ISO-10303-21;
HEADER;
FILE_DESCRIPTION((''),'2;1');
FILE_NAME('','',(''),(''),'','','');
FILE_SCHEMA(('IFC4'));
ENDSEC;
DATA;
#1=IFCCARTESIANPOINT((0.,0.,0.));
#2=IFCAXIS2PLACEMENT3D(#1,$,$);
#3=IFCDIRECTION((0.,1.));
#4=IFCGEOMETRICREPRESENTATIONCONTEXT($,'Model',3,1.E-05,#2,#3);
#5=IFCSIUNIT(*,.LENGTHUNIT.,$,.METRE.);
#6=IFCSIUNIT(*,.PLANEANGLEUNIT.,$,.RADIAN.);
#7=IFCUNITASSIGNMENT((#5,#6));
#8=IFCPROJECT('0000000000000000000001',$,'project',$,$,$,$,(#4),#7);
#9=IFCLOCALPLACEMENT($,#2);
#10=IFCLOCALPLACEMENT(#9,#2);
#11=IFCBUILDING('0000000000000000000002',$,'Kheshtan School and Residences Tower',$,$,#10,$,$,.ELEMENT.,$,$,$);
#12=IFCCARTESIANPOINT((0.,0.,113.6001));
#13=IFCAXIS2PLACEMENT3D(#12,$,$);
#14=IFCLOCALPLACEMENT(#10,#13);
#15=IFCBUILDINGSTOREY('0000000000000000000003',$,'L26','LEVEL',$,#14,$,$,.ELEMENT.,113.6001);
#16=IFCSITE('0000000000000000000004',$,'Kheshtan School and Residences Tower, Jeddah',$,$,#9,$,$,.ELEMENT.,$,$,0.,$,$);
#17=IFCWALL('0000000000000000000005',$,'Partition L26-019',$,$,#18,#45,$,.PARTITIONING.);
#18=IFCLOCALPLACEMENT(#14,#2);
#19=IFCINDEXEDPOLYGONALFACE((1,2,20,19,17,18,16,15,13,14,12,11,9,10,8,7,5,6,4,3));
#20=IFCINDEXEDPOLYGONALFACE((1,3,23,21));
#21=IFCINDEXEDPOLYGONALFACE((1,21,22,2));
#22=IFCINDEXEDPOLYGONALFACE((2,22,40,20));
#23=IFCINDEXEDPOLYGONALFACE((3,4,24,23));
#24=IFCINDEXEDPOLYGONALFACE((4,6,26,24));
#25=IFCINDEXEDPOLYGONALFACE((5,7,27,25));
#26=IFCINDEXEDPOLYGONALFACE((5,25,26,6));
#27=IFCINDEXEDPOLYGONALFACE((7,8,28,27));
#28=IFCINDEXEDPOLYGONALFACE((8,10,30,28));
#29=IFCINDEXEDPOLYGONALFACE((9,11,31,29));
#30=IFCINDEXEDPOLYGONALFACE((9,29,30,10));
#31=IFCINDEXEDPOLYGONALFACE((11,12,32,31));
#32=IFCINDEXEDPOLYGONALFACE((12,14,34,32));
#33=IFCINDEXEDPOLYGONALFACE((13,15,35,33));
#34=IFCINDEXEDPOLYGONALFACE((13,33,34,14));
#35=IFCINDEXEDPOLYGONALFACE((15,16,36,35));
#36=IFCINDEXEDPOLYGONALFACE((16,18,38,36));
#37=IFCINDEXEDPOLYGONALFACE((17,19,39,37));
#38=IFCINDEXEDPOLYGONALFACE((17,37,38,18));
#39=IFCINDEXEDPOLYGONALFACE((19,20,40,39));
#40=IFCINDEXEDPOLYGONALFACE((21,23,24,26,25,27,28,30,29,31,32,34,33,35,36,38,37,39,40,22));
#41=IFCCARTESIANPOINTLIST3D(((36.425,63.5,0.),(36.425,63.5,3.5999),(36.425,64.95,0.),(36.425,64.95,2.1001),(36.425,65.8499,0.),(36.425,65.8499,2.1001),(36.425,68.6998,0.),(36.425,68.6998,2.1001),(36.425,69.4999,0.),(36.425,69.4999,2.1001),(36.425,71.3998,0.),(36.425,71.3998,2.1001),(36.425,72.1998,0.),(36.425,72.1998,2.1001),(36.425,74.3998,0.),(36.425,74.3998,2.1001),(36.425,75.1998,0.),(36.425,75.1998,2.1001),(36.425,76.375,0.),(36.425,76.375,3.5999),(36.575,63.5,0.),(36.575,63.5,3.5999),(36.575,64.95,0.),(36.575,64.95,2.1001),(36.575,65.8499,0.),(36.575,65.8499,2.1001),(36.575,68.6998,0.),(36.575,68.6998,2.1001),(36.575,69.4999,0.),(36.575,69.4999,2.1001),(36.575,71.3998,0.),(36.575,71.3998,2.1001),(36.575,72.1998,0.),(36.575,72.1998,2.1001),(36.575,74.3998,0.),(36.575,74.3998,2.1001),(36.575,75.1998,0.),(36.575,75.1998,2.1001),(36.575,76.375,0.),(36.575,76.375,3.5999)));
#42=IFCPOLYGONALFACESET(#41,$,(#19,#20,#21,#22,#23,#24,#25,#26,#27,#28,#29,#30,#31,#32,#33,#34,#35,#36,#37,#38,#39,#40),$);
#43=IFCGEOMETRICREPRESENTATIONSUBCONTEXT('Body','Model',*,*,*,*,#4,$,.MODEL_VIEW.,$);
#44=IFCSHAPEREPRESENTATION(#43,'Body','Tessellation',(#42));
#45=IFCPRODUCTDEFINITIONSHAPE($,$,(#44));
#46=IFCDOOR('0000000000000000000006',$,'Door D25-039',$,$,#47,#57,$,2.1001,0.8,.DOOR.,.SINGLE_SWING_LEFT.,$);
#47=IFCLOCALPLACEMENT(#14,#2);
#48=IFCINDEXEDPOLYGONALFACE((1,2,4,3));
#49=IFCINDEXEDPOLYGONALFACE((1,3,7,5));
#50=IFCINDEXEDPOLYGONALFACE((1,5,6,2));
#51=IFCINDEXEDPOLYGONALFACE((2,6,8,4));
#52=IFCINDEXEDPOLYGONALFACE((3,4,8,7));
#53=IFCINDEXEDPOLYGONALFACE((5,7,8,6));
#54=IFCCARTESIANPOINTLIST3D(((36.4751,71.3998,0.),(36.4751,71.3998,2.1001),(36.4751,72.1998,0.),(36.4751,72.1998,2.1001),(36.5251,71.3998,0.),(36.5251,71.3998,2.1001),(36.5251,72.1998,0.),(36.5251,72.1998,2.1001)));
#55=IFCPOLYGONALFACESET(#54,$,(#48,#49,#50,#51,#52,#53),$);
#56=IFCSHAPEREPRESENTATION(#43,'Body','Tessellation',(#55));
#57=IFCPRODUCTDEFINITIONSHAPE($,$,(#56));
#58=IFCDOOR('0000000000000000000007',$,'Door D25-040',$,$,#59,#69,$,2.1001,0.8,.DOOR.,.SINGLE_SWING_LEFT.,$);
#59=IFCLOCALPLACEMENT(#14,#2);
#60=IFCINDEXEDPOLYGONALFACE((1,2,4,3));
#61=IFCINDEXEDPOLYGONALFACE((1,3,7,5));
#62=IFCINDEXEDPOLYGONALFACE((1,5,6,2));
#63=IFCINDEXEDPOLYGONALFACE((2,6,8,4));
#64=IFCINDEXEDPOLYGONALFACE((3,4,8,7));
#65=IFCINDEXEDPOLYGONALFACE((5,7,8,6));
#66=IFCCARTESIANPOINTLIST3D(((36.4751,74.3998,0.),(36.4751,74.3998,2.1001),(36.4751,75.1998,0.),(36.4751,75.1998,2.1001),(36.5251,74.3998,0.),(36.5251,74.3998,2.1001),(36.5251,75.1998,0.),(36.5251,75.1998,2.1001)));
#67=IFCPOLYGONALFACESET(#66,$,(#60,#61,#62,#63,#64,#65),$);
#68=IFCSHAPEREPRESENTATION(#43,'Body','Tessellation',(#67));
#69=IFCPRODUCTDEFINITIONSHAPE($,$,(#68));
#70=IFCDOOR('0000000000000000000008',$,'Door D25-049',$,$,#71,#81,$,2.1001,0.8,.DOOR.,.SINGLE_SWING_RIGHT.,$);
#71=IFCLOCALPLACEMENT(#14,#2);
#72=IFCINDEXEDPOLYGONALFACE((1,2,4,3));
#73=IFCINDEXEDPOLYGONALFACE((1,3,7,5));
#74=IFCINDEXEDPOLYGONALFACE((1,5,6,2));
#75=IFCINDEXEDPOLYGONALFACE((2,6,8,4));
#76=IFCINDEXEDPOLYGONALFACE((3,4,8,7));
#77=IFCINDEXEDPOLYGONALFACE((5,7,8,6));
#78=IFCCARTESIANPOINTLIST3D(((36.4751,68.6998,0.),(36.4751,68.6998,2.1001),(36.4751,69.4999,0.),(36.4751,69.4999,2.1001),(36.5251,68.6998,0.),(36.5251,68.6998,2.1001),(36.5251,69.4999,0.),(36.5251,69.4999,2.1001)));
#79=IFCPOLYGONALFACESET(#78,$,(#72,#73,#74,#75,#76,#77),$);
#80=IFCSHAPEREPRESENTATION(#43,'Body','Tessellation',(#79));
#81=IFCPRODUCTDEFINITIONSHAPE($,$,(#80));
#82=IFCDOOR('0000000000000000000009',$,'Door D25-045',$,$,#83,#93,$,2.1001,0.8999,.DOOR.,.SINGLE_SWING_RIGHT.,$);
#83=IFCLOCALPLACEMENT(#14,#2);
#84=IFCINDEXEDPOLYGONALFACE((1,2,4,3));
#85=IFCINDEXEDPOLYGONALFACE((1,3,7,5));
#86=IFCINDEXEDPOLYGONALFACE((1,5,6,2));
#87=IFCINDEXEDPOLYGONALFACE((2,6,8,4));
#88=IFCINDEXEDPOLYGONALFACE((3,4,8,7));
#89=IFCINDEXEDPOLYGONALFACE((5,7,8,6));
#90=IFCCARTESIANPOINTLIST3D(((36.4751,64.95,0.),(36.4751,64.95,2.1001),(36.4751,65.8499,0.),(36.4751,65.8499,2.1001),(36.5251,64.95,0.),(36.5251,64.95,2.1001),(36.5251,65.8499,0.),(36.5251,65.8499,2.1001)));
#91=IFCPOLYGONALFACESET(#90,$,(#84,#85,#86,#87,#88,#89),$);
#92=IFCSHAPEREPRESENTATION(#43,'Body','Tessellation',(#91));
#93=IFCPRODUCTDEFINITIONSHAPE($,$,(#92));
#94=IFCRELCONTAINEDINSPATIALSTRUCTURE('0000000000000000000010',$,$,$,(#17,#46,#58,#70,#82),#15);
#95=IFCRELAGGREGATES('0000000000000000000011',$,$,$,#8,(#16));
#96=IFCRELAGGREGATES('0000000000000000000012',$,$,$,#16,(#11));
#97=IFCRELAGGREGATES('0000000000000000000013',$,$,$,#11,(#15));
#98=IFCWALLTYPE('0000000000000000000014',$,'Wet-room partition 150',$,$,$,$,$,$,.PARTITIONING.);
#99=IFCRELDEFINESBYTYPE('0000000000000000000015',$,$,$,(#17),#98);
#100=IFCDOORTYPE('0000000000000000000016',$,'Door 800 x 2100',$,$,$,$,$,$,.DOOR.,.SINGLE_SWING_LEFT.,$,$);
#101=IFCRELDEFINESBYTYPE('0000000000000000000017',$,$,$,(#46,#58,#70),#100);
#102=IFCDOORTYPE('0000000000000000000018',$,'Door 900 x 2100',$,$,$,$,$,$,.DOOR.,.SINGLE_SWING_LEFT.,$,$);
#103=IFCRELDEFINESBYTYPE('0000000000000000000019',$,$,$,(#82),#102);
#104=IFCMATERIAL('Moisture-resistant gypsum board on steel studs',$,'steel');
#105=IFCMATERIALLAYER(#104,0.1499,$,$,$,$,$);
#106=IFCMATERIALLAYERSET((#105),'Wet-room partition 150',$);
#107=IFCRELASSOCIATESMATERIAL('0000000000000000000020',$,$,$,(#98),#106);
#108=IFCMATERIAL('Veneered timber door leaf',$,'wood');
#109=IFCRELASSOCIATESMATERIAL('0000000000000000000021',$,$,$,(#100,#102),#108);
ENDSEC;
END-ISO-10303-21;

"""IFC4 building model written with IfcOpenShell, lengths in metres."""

from ifc_helpers import new_model, si_unit, direction, frame, frame_2d, origin, place, context, subcontext, project, spatial, rectangle, extrude, source, transform, mapped, material, layer, layer_set, type_object, element, fill, save


model = new_model("IFC4")

# Units and contexts
model_context = context("Model", 3, precision=1e-05, world=origin(), true_north=direction((0.0, 1.0)))
body_context = subcontext(model_context, "Body", "Model", "MODEL_VIEW")
ifc_project = project(units=[si_unit("LENGTHUNIT", "METRE"), si_unit("PLANEANGLEUNIT", "RADIAN")], contexts=[model_context])

# Site, building, storey
site_placement = place(None, origin())
site = spatial("IfcSite", under=ifc_project, at=site_placement, Name="Kheshtan School and Residences Tower, Jeddah", CompositionType="ELEMENT", RefElevation=0.0)
building_placement = place(site_placement, origin())
building = spatial("IfcBuilding", under=site, at=building_placement, Name="Kheshtan School and Residences Tower", CompositionType="ELEMENT")
storey_placement = place(building_placement, frame((0.0, 0.0, 113.6001)))
storey = spatial("IfcBuildingStorey", under=building, at=storey_placement, Name="L26", Description="LEVEL", CompositionType="ELEMENT", Elevation=113.6001)

# Shared definitions
ifc_material_1 = material(Name="Moisture-resistant gypsum board on steel studs", Category="steel")
ifc_layer_1 = layer(ifc_material_1, 0.1499)
ifc_layer_set_1 = layer_set([ifc_layer_1], Name="Wet-room partition 150")
wall_type_1 = type_object("IfcWallType", Name="Wet-room partition 150", PredefinedType="PARTITIONING", material=ifc_layer_set_1)

# Wall, openings, doors
wall_1_placement = place(storey_placement, frame((36.5, 63.5, 0.0), z_axis=(0.0, 0.0, 1.0), x_axis=(0.0, 1.0, 0.0)))
wall_1 = element("IfcWall", 1, at=wall_1_placement, inside=storey, type_object=wall_type_1, Name="Partition L26-019", PredefinedType="PARTITIONING", context=body_context, shape_type="SweptSolid", body=[
    extrude(rectangle(XDim=12.875, YDim=0.1499, at=frame_2d((6.4375, 0.0))), origin(), (0.0, 0.0, 1.0), 3.5999),
])
opening_1_placement = place(wall_1_placement, frame((7.8999, 0.0, 0.0)))
opening_1 = element("IfcOpeningElement", 2, at=opening_1_placement, cuts=wall_1, PredefinedType="OPENING", context=body_context, shape_type="SweptSolid", body=[
    extrude(rectangle(XDim=0.8, YDim=2.1001, at=frame_2d((0.3999, 1.05))), frame((0.0, 0.085, 0.0), z_axis=(0.0, -1.0, 0.0), x_axis=(1.0, 0.0, 0.0)), (0.0, 0.0, 1.0), 0.1699),
])
opening_2_placement = place(wall_1_placement, frame((10.8999, 0.0, 0.0)))
opening_2 = element("IfcOpeningElement", 3, at=opening_2_placement, cuts=wall_1, PredefinedType="OPENING", context=body_context, shape_type="SweptSolid", body=[
    extrude(rectangle(XDim=0.8, YDim=2.1001, at=frame_2d((0.3999, 1.05))), frame((0.0, 0.085, 0.0), z_axis=(0.0, -1.0, 0.0), x_axis=(1.0, 0.0, 0.0)), (0.0, 0.0, 1.0), 0.1699),
])
opening_3_placement = place(wall_1_placement, frame((1.45, 0.0, 0.0)))
opening_3 = element("IfcOpeningElement", 4, at=opening_3_placement, cuts=wall_1, PredefinedType="OPENING", context=body_context, shape_type="SweptSolid", body=[
    extrude(rectangle(XDim=0.8999, YDim=2.1001, at=frame_2d((0.45, 1.05))), frame((0.0, 0.085, 0.0), z_axis=(0.0, -1.0, 0.0), x_axis=(1.0, 0.0, 0.0)), (0.0, 0.0, 1.0), 0.1699),
])
opening_4_placement = place(wall_1_placement, frame((5.2, 0.0, 0.0)))
opening_4 = element("IfcOpeningElement", 5, at=opening_4_placement, cuts=wall_1, PredefinedType="OPENING", context=body_context, shape_type="SweptSolid", body=[
    extrude(rectangle(XDim=0.8, YDim=2.1001, at=frame_2d((0.3999, 1.05))), frame((0.0, 0.085, 0.0), z_axis=(0.0, -1.0, 0.0), x_axis=(1.0, 0.0, 0.0)), (0.0, 0.0, 1.0), 0.1699),
])
ifc_material_2 = material(Name="Veneered timber door leaf", Category="wood")
door_type_1 = type_object("IfcDoorType", Name="Door 800 x 2100", OperationType="SINGLE_SWING_LEFT", PredefinedType="DOOR", material=ifc_material_2)
shared_shape_1 = source(origin(), body_context, "Body", "SweptSolid", [
    extrude(rectangle(XDim=0.8, YDim=2.1001, at=frame_2d((0.3999, 1.05))), frame((0.0, 0.0249, 0.0), z_axis=(0.0, -1.0, 0.0), x_axis=(1.0, 0.0, 0.0)), (0.0, 0.0, 1.0), 0.05),
])
door_1_placement = place(opening_1_placement, origin())
door_1 = element("IfcDoor", 6, at=door_1_placement, inside=storey, type_object=door_type_1, Name="Door D25-039", OperationType="SINGLE_SWING_LEFT", OverallHeight=2.1001, OverallWidth=0.8, PredefinedType="DOOR", context=body_context, shape_type="MappedRepresentation", body=[
    mapped(shared_shape_1, transform((0.0, 0.0, 0.0), x_axis=(1.0, 0.0, 0.0), y_axis=(0.0, 1.0, 0.0), z_axis=(0.0, 0.0, 1.0), scale=1.0)),
])
fill(opening_1, door_1)
door_2_placement = place(opening_2_placement, origin())
door_2 = element("IfcDoor", 7, at=door_2_placement, inside=storey, type_object=door_type_1, Name="Door D25-040", OperationType="SINGLE_SWING_LEFT", OverallHeight=2.1001, OverallWidth=0.8, PredefinedType="DOOR", context=body_context, shape_type="MappedRepresentation", body=[
    mapped(shared_shape_1, transform((0.0, 0.0, 0.0), x_axis=(1.0, 0.0, 0.0), y_axis=(0.0, 1.0, 0.0), z_axis=(0.0, 0.0, 1.0), scale=1.0)),
])
fill(opening_2, door_2)
door_3_placement = place(opening_4_placement, origin())
door_3 = element("IfcDoor", 8, at=door_3_placement, inside=storey, type_object=door_type_1, Name="Door D25-049", OperationType="SINGLE_SWING_RIGHT", OverallHeight=2.1001, OverallWidth=0.8, PredefinedType="DOOR", context=body_context, shape_type="MappedRepresentation", body=[
    mapped(shared_shape_1, transform((0.0, 0.0, 0.0), x_axis=(1.0, 0.0, 0.0), y_axis=(0.0, 1.0, 0.0), z_axis=(0.0, 0.0, 1.0), scale=1.0)),
])
fill(opening_4, door_3)
door_type_2 = type_object("IfcDoorType", Name="Door 900 x 2100", OperationType="SINGLE_SWING_LEFT", PredefinedType="DOOR", material=ifc_material_2)
shared_shape_2 = source(origin(), body_context, "Body", "SweptSolid", [
    extrude(rectangle(XDim=0.8999, YDim=2.1001, at=frame_2d((0.45, 1.05))), frame((0.0, 0.0249, 0.0), z_axis=(0.0, -1.0, 0.0), x_axis=(1.0, 0.0, 0.0)), (0.0, 0.0, 1.0), 0.05),
])
door_4_placement = place(opening_3_placement, origin())
door_4 = element("IfcDoor", 9, at=door_4_placement, inside=storey, type_object=door_type_2, Name="Door D25-045", OperationType="SINGLE_SWING_RIGHT", OverallHeight=2.1001, OverallWidth=0.8999, PredefinedType="DOOR", context=body_context, shape_type="MappedRepresentation", body=[
    mapped(shared_shape_2, transform((0.0, 0.0, 0.0), x_axis=(1.0, 0.0, 0.0), y_axis=(0.0, 1.0, 0.0), z_axis=(0.0, 0.0, 1.0), scale=1.0)),
])
fill(opening_3, door_4)

save(model, "model.ifc")
